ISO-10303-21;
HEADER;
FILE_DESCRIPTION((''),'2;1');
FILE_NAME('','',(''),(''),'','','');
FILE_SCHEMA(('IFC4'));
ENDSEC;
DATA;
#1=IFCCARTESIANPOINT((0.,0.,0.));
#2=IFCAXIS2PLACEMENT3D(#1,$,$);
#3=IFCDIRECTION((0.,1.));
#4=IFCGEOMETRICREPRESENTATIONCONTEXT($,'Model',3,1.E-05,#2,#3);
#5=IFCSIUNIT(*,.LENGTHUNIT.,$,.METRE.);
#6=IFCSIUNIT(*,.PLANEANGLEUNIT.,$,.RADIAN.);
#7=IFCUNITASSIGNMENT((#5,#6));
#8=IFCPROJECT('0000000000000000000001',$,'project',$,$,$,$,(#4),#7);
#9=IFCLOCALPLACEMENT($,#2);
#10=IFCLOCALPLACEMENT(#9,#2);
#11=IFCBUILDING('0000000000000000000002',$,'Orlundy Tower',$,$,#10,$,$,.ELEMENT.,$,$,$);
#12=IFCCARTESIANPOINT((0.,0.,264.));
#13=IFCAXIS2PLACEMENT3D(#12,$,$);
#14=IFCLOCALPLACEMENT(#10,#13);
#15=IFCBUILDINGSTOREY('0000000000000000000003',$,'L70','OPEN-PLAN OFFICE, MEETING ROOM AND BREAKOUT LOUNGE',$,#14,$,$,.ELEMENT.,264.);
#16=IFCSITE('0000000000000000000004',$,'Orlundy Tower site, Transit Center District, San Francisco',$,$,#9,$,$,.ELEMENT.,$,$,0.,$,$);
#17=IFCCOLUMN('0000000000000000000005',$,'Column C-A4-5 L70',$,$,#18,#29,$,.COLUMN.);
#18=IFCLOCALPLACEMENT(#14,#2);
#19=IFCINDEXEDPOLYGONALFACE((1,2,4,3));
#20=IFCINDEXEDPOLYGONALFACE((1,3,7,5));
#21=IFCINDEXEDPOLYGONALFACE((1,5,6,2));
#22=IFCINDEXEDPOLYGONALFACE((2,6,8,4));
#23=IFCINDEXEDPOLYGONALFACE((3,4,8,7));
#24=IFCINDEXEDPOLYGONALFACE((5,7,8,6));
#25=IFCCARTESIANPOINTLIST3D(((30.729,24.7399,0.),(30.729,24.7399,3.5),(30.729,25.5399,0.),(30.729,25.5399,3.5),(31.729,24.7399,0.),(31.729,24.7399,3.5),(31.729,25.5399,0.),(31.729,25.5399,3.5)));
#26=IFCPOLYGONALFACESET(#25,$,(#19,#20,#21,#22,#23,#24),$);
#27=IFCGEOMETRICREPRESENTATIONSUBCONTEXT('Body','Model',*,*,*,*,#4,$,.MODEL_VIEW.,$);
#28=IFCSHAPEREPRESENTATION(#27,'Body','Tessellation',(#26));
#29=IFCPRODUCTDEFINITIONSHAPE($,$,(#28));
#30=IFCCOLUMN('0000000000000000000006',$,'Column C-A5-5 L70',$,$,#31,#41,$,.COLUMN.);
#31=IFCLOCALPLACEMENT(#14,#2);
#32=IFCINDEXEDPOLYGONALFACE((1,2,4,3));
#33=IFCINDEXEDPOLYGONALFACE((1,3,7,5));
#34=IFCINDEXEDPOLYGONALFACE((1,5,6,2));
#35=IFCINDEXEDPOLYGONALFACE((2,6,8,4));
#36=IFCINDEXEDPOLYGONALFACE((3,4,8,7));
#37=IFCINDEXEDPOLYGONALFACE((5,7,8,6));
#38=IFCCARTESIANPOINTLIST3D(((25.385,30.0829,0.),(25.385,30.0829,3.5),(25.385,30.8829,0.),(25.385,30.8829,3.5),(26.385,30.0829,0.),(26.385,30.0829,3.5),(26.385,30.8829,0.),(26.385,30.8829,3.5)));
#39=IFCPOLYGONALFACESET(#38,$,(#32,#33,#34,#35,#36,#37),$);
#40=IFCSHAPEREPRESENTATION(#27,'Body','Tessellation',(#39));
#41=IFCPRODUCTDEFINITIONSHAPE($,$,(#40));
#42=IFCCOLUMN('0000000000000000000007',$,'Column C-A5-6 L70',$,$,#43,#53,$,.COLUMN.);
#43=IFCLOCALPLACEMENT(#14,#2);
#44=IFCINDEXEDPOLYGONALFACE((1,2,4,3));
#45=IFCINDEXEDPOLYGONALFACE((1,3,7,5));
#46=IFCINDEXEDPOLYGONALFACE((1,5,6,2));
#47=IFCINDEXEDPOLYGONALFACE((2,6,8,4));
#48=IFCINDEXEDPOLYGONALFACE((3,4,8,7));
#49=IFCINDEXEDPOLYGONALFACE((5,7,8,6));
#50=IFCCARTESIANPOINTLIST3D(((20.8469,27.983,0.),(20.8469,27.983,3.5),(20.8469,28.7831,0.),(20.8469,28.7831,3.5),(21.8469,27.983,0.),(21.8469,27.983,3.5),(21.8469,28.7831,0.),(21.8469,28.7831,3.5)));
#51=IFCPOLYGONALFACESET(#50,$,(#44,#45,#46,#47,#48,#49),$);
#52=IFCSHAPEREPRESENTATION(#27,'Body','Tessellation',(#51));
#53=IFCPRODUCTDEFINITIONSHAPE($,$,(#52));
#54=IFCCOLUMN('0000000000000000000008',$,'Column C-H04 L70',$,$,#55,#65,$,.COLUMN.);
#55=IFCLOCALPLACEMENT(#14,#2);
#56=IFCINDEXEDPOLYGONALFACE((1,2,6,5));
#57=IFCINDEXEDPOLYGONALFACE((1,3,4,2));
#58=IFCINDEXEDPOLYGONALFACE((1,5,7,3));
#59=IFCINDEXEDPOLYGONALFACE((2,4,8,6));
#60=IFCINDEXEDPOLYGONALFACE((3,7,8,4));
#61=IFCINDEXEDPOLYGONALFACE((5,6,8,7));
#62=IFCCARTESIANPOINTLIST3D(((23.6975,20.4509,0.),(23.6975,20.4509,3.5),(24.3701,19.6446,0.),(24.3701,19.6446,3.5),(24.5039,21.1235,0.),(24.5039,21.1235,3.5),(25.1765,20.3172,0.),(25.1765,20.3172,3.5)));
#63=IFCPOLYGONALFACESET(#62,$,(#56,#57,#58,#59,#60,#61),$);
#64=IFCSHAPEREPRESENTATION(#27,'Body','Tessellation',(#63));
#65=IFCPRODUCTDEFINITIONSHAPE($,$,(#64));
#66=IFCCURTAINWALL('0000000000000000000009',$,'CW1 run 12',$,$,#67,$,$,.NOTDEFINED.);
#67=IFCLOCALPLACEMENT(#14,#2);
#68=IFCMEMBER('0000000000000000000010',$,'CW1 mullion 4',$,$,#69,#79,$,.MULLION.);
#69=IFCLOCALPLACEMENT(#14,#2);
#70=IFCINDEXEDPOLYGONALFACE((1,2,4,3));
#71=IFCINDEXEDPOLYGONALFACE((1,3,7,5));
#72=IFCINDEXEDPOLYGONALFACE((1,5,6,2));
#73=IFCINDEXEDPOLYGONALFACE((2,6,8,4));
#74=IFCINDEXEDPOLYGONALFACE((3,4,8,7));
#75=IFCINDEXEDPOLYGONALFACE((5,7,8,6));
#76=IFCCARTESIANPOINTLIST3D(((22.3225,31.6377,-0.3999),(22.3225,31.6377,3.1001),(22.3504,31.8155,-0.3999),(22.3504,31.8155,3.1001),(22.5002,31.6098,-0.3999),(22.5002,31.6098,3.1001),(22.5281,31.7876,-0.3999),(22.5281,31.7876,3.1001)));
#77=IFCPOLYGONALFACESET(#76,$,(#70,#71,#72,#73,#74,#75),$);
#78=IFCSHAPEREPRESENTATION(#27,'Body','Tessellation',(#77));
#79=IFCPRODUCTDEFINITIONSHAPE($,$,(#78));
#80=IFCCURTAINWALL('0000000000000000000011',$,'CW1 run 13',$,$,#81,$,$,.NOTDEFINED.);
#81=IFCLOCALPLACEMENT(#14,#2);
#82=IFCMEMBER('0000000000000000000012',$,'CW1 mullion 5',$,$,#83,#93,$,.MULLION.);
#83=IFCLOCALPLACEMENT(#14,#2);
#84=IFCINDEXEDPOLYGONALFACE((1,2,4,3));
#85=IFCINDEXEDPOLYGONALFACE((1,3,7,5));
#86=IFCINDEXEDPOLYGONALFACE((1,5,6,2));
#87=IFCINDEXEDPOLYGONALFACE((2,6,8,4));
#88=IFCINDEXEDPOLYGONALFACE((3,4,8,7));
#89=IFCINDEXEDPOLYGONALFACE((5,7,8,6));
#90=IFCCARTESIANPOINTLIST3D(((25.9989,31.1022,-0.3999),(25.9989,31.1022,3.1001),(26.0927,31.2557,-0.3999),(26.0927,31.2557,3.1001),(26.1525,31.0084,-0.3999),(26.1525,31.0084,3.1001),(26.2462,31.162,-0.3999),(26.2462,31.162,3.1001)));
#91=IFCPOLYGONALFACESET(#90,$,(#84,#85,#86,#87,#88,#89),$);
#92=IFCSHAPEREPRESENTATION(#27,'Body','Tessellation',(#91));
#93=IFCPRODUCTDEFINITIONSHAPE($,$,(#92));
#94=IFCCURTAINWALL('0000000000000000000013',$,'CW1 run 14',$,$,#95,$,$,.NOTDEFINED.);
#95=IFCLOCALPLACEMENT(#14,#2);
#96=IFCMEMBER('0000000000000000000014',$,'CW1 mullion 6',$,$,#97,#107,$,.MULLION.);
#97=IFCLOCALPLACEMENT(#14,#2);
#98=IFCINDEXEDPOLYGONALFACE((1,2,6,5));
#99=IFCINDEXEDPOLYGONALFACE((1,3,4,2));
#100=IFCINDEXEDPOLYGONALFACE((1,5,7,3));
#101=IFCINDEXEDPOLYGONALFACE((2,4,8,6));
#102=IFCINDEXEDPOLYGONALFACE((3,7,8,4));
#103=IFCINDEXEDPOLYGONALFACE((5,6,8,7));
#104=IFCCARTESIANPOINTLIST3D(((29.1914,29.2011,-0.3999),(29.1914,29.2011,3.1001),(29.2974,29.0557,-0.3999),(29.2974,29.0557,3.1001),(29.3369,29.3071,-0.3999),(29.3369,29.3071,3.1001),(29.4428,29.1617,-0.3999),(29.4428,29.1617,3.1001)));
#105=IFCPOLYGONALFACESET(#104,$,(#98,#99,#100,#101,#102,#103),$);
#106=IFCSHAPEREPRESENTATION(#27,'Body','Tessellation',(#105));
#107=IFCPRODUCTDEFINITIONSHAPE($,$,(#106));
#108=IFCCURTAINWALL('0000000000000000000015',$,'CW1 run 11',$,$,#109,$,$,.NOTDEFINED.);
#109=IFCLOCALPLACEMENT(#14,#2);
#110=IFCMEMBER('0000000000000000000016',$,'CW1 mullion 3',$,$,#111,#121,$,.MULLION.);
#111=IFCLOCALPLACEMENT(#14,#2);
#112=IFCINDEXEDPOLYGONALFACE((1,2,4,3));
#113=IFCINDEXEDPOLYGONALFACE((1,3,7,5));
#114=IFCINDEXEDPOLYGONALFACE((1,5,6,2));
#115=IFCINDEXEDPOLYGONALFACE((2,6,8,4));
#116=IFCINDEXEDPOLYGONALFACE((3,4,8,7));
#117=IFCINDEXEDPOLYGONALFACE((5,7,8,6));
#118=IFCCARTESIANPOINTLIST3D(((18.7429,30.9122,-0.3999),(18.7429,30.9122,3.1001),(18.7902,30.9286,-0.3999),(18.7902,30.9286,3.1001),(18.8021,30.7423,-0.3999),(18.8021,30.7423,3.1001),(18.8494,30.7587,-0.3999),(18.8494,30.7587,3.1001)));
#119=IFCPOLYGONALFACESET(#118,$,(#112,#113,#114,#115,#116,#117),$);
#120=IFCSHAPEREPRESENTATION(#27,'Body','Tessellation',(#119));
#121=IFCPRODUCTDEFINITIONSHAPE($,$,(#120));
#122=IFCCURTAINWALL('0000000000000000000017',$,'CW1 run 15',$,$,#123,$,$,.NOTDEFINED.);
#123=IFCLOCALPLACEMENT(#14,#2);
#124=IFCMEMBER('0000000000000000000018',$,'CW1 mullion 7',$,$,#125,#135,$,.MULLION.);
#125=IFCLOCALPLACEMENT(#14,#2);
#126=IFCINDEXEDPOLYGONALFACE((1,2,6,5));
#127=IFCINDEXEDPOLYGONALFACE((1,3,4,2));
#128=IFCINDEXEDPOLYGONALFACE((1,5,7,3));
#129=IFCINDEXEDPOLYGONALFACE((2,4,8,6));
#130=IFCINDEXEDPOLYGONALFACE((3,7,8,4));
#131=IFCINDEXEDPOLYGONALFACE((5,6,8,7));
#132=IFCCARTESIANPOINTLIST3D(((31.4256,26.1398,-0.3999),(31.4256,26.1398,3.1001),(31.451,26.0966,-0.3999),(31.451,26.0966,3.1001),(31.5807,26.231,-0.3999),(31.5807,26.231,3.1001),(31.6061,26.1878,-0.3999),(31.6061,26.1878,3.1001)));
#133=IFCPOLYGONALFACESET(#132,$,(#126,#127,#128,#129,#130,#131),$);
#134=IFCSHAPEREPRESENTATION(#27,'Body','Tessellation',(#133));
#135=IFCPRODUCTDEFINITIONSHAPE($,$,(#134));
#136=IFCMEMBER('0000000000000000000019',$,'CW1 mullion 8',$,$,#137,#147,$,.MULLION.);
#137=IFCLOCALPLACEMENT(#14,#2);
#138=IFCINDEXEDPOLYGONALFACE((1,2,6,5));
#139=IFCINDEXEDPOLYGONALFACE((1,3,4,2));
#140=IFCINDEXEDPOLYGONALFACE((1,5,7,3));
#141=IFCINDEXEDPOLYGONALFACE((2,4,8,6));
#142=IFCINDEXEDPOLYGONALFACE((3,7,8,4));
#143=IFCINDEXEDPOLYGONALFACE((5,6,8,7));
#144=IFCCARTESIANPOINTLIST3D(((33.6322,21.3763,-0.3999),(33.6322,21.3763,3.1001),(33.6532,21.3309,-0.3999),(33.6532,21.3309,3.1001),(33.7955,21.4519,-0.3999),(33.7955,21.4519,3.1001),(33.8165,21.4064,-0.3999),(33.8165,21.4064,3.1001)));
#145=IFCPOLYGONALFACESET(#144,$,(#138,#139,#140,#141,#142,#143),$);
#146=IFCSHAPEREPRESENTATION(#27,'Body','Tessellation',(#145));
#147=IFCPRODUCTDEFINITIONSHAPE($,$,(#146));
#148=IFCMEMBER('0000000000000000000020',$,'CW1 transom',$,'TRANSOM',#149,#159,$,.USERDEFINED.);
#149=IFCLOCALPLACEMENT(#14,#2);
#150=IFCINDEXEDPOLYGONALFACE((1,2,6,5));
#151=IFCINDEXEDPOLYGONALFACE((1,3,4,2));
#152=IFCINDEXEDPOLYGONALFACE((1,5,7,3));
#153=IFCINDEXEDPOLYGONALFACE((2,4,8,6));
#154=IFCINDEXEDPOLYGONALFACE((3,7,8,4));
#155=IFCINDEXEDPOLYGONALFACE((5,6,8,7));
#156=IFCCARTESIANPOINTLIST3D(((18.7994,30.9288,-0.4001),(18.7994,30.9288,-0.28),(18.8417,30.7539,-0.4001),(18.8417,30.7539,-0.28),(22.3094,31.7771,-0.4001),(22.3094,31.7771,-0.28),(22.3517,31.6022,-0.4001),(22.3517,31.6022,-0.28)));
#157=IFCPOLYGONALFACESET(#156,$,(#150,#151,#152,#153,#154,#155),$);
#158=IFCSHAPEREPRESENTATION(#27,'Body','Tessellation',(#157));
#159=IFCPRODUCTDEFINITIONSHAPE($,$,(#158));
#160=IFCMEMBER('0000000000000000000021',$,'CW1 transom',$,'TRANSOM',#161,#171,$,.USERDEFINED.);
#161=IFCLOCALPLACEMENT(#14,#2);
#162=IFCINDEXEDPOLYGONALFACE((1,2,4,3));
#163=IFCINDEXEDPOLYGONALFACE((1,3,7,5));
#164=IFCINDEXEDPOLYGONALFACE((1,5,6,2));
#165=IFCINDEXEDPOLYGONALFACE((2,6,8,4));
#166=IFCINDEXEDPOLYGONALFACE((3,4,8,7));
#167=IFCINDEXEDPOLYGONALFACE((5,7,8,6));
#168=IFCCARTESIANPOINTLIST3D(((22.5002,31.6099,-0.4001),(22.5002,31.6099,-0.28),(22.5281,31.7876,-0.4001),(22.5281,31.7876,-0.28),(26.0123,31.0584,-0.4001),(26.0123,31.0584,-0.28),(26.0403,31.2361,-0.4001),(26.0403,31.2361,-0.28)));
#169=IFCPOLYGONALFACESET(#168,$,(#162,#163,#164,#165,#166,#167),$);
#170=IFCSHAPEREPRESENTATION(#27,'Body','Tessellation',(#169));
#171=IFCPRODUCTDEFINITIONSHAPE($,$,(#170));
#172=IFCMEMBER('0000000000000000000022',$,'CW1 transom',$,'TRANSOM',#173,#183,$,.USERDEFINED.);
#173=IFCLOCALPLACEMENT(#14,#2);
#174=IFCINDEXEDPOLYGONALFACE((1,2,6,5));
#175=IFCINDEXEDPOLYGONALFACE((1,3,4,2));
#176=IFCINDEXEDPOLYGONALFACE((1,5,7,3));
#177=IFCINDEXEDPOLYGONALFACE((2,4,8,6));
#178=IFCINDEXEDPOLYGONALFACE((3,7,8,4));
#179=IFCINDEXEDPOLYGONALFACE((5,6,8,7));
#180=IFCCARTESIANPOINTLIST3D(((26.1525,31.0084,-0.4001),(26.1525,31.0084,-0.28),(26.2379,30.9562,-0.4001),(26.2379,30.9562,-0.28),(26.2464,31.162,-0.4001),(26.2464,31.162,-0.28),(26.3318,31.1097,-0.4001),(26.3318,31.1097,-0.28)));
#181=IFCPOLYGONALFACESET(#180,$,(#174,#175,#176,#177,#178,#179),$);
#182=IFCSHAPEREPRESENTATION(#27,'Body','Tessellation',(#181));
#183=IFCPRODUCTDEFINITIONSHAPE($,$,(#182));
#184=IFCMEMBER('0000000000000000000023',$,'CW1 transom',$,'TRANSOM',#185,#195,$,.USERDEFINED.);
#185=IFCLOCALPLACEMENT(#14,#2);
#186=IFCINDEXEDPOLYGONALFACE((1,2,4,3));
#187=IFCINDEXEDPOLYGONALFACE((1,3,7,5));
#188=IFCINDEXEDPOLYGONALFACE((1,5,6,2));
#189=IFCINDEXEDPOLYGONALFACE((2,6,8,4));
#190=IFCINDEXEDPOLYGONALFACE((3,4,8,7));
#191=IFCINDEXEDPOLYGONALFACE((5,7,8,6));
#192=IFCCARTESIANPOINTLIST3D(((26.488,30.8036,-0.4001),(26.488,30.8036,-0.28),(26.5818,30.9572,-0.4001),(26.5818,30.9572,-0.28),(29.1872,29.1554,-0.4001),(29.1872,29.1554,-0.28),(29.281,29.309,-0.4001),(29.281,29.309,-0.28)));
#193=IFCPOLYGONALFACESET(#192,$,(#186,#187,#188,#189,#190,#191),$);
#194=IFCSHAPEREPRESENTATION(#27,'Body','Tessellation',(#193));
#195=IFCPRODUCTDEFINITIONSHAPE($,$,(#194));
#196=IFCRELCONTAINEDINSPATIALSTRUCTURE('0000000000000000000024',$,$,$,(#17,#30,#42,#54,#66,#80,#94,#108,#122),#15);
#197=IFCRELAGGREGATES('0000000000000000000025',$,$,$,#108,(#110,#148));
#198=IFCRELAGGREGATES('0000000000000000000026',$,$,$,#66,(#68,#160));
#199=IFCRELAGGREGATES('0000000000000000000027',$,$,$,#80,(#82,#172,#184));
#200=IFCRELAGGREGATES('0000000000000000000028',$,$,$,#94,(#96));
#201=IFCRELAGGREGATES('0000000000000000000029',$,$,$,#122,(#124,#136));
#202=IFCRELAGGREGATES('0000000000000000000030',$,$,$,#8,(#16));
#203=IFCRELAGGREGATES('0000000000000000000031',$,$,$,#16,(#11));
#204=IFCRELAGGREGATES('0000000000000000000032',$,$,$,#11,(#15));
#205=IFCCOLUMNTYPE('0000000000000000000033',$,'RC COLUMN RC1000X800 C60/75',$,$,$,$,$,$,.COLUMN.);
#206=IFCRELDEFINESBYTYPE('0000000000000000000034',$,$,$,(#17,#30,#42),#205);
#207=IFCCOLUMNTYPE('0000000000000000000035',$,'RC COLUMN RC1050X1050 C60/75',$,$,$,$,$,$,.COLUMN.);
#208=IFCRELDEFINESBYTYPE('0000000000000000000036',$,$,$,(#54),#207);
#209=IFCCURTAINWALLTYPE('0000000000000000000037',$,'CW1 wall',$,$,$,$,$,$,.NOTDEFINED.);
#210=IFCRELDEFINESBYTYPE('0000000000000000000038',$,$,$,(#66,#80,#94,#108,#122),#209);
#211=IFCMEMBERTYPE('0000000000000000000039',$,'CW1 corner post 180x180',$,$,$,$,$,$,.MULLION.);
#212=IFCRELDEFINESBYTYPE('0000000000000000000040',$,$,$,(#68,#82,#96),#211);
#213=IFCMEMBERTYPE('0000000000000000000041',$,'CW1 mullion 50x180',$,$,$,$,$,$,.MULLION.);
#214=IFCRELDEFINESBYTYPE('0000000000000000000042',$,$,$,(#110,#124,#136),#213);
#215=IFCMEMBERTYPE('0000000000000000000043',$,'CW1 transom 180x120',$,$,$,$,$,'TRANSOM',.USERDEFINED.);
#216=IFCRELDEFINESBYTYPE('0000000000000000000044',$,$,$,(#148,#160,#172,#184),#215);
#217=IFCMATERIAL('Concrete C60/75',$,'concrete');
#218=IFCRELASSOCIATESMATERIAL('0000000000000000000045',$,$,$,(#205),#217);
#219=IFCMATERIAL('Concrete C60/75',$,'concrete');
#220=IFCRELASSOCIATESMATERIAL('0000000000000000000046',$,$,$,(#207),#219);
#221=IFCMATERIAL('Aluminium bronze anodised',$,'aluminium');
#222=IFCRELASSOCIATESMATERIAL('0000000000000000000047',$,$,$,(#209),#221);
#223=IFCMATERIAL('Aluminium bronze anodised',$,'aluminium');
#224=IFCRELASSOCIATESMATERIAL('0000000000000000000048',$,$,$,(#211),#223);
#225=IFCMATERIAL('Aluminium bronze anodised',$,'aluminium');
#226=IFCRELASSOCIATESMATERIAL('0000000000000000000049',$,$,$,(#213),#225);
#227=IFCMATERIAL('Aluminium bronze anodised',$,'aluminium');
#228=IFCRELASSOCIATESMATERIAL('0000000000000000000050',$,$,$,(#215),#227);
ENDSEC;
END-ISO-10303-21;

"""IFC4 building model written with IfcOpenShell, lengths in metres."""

from ifc_helpers import new_model, si_unit, direction, frame, origin, origin_2d, place, context, subcontext, project, spatial, rectangle, extrude, material, material_profile, profile_set, type_object, element, aggregate, save


model = new_model("IFC4")

# Units and contexts
model_context = context("Model", 3, precision=1e-05, world=origin(), true_north=direction((0.0, 1.0)))
body_context = subcontext(model_context, "Body", "Model", "MODEL_VIEW")
ifc_project = project(units=[si_unit("LENGTHUNIT", "METRE"), si_unit("PLANEANGLEUNIT", "RADIAN")], contexts=[model_context])

# Site, building, storey
site_placement = place(None, origin())
site = spatial("IfcSite", under=ifc_project, at=site_placement, Name="Orlundy Tower site, Transit Center District, San Francisco", CompositionType="ELEMENT", RefElevation=0.0)
building_placement = place(site_placement, origin())
building = spatial("IfcBuilding", under=site, at=building_placement, Name="Orlundy Tower", CompositionType="ELEMENT")
storey_placement = place(building_placement, frame((0.0, 0.0, 264.0)))
storey = spatial("IfcBuildingStorey", under=building, at=storey_placement, Name="L70", Description="OPEN-PLAN OFFICE, MEETING ROOM AND BREAKOUT LOUNGE", CompositionType="ELEMENT", Elevation=264.0)

# Columns
ifc_material_1 = material(Name="Concrete C60/75", Category="concrete")
ifc_material_profile_1 = material_profile(ifc_material_1, rectangle(XDim=1.0, YDim=0.8, at=origin_2d()), Name="RC1000X800")
ifc_profile_set_1 = profile_set([ifc_material_profile_1], Name="Concrete C60/75")
column_type_1 = type_object("IfcColumnType", Name="RC COLUMN RC1000X800 C60/75", PredefinedType="COLUMN", material=ifc_profile_set_1)
for number, where, z_axis, x_axis, name in (
    (1, (31.229, 25.1399, 0.0), (0.0, 0.0, 1.0), (1.0, 0.0, 0.0), "Column C-A4-5 L70"),
    (2, (25.885, 30.4829, 0.0), (0.0, 0.0, 1.0), (1.0, 0.0, 0.0), "Column C-A5-5 L70"),
    (3, (21.3469, 28.3831, 0.0), (0.0, 0.0, 1.0), (1.0, 0.0, 0.0), "Column C-A5-6 L70"),
):
    element("IfcColumn", number, at=place(storey_placement, frame(where, z_axis=z_axis, x_axis=x_axis)), inside=storey, type_object=column_type_1, Name=name, PredefinedType="COLUMN", context=body_context, shape_type="SweptSolid", body=[
        extrude(rectangle(XDim=1.0, YDim=0.8, at=origin_2d()), origin(), (0.0, 0.0, 1.0), 3.5),
    ])
ifc_material_2 = material(Name="Concrete C60/75", Category="concrete")
ifc_material_profile_2 = material_profile(ifc_material_2, rectangle(XDim=1.05, YDim=1.05, at=origin_2d()), Name="RC1050X1050")
ifc_profile_set_2 = profile_set([ifc_material_profile_2], Name="Concrete C60/75")
column_type_2 = type_object("IfcColumnType", Name="RC COLUMN RC1050X1050 C60/75", PredefinedType="COLUMN", material=ifc_profile_set_2)
column_placement = place(storey_placement, frame((24.437, 20.384, 0.0), z_axis=(0.0, 0.0, 1.0), x_axis=(0.767915, 0.640552, 0.0)))
element("IfcColumn", 4, at=column_placement, inside=storey, type_object=column_type_2, Name="Column C-H04 L70", PredefinedType="COLUMN", context=body_context, shape_type="SweptSolid", body=[
    extrude(rectangle(XDim=1.05, YDim=1.05, at=origin_2d()), origin(), (0.0, 0.0, 1.0), 3.5),
])

# Curtain walls, members
ifc_material_3 = material(Name="Aluminium bronze anodised", Category="aluminium")
curtain_wall_type = type_object("IfcCurtainWallType", Name="CW1 wall", PredefinedType="NOTDEFINED", material=ifc_material_3)
curtain_wall_1_placement = place(storey_placement, origin())
curtain_wall_1 = element("IfcCurtainWall", 5, at=curtain_wall_1_placement, inside=storey, type_object=curtain_wall_type, Name="CW1 run 12", PredefinedType="NOTDEFINED")
ifc_material_4 = material(Name="Aluminium bronze anodised", Category="aluminium")
ifc_material_profile_3 = material_profile(ifc_material_4, rectangle(XDim=0.1799, YDim=0.1799, at=origin_2d()), Name="CW1 corner post 180x180")
ifc_profile_set_3 = profile_set([ifc_material_profile_3], Name="Aluminium bronze anodised")
member_type_1 = type_object("IfcMemberType", Name="CW1 corner post 180x180", PredefinedType="MULLION", material=ifc_profile_set_3)
member_1_placement = place(storey_placement, frame((22.4253, 31.7126, -0.3999), z_axis=(0.0, 0.0, 1.0), x_axis=(0.155117, 0.987896, 0.0)))
member_1 = element("IfcMember", 6, at=member_1_placement, type_object=member_type_1, Name="CW1 mullion 4", PredefinedType="MULLION", context=body_context, shape_type="SweptSolid", body=[
    extrude(rectangle(XDim=0.1799, YDim=0.1799, at=origin_2d()), origin(), (0.0, 0.0, 1.0), 3.5),
])
curtain_wall_2_placement = place(storey_placement, origin())
curtain_wall_2 = element("IfcCurtainWall", 7, at=curtain_wall_2_placement, inside=storey, type_object=curtain_wall_type, Name="CW1 run 13", PredefinedType="NOTDEFINED")
member_2_placement = place(storey_placement, frame((26.1226, 31.1321, -0.3999), z_axis=(0.0, 0.0, 1.0), x_axis=(0.521144, 0.853468, 0.0)))
member_2 = element("IfcMember", 8, at=member_2_placement, type_object=member_type_1, Name="CW1 mullion 5", PredefinedType="MULLION", context=body_context, shape_type="SweptSolid", body=[
    extrude(rectangle(XDim=0.1799, YDim=0.1799, at=origin_2d()), origin(), (0.0, 0.0, 1.0), 3.5),
])
curtain_wall_3_placement = place(storey_placement, origin())
curtain_wall_3 = element("IfcCurtainWall", 9, at=curtain_wall_3_placement, inside=storey, type_object=curtain_wall_type, Name="CW1 run 14", PredefinedType="NOTDEFINED")
member_3_placement = place(storey_placement, frame((29.3171, 29.1814, -0.3999), z_axis=(0.0, 0.0, 1.0), x_axis=(0.808211, 0.588893, 0.0)))
member_3 = element("IfcMember", 10, at=member_3_placement, type_object=member_type_1, Name="CW1 mullion 6", PredefinedType="MULLION", context=body_context, shape_type="SweptSolid", body=[
    extrude(rectangle(XDim=0.1799, YDim=0.1799, at=origin_2d()), origin(), (0.0, 0.0, 1.0), 3.5),
])
curtain_wall_4_placement = place(storey_placement, origin())
curtain_wall_4 = element("IfcCurtainWall", 11, at=curtain_wall_4_placement, inside=storey, type_object=curtain_wall_type, Name="CW1 run 11", PredefinedType="NOTDEFINED")
ifc_material_5 = material(Name="Aluminium bronze anodised", Category="aluminium")
ifc_material_profile_4 = material_profile(ifc_material_5, rectangle(XDim=0.1799, YDim=0.05, at=origin_2d()), Name="CW1 mullion 50x180")
ifc_profile_set_4 = profile_set([ifc_material_profile_4], Name="Aluminium bronze anodised")
member_type_2 = type_object("IfcMemberType", Name="CW1 mullion 50x180", PredefinedType="MULLION", material=ifc_profile_set_4)
member_4_placement = place(storey_placement, frame((18.7961, 30.8354, -0.3999), z_axis=(0.0, 0.0, 1.0), x_axis=(-0.329058, 0.94431, 0.0)))
member_4 = element("IfcMember", 12, at=member_4_placement, type_object=member_type_2, Name="CW1 mullion 3", PredefinedType="MULLION", context=body_context, shape_type="SweptSolid", body=[
    extrude(rectangle(XDim=0.1799, YDim=0.05, at=origin_2d()), origin(), (0.0, 0.0, 1.0), 3.5),
])

# Curtain wall, members
curtain_wall_5_placement = place(storey_placement, origin())
curtain_wall_5 = element("IfcCurtainWall", 13, at=curtain_wall_5_placement, inside=storey, type_object=curtain_wall_type, Name="CW1 run 15", PredefinedType="NOTDEFINED")
member_5_placement = place(storey_placement, frame((31.5159, 26.1638, -0.3999), z_axis=(0.0, 0.0, 1.0), x_axis=(0.862025, 0.506866, 0.0)))
member_5 = element("IfcMember", 14, at=member_5_placement, type_object=member_type_2, Name="CW1 mullion 7", PredefinedType="MULLION", context=body_context, shape_type="SweptSolid", body=[
    extrude(rectangle(XDim=0.1799, YDim=0.05, at=origin_2d()), origin(), (0.0, 0.0, 1.0), 3.5),
])
member_6_placement = place(storey_placement, frame((33.7244, 21.3914, -0.3999), z_axis=(0.0, 0.0, 1.0), x_axis=(0.907542, 0.419961, 0.0)))
member_6 = element("IfcMember", 15, at=member_6_placement, type_object=member_type_2, Name="CW1 mullion 8", PredefinedType="MULLION", context=body_context, shape_type="SweptSolid", body=[
    extrude(rectangle(XDim=0.1799, YDim=0.05, at=origin_2d()), origin(), (0.0, 0.0, 1.0), 3.5),
])

# Members
ifc_material_6 = material(Name="Aluminium bronze anodised", Category="aluminium")
ifc_material_profile_5 = material_profile(ifc_material_6, rectangle(XDim=0.1799, YDim=0.1201, at=origin_2d()), Name="CW1 transom 180x120")
ifc_profile_set_5 = profile_set([ifc_material_profile_5], Name="Aluminium bronze anodised")
member_type_3 = type_object("IfcMemberType", Name="CW1 transom 180x120", ElementType="TRANSOM", PredefinedType="USERDEFINED", material=ifc_profile_set_5)
member_7_placement = place(storey_placement, frame((18.8206, 30.8413, -0.3401), z_axis=(0.97201, 0.23494, 0.0), x_axis=(-0.23494, 0.97201, 0.0)))
member_7 = element("IfcMember", 16, at=member_7_placement, type_object=member_type_3, Name="CW1 transom", ObjectType="TRANSOM", PredefinedType="USERDEFINED", context=body_context, shape_type="SweptSolid", body=[
    extrude(rectangle(XDim=0.1799, YDim=0.1201, at=origin_2d()), origin(), (0.0, 0.0, 1.0), 3.6111),
])
member_8_placement = place(storey_placement, frame((22.5142, 31.6987, -0.3401), z_axis=(0.987895, -0.155127, 0.0), x_axis=(0.155127, 0.987895, 0.0)))
member_8 = element("IfcMember", 17, at=member_8_placement, type_object=member_type_3, Name="CW1 transom", ObjectType="TRANSOM", PredefinedType="USERDEFINED", context=body_context, shape_type="SweptSolid", body=[
    extrude(rectangle(XDim=0.1799, YDim=0.1201, at=origin_2d()), origin(), (0.0, 0.0, 1.0), 3.5552),
])
member_9_placement = place(storey_placement, frame((26.1995, 31.0852, -0.3401), z_axis=(0.853161, -0.521647, 0.0), x_axis=(0.521647, 0.853161, 0.0)))
member_9 = element("IfcMember", 18, at=member_9_placement, type_object=member_type_3, Name="CW1 transom", ObjectType="TRANSOM", PredefinedType="USERDEFINED", context=body_context, shape_type="SweptSolid", body=[
    extrude(rectangle(XDim=0.1799, YDim=0.1201, at=origin_2d()), origin(), (0.0, 0.0, 1.0), 0.1001),
])
member_10_placement = place(storey_placement, frame((26.5349, 30.8804, -0.3401), z_axis=(0.853469, -0.521144, 0.0), x_axis=(0.521144, 0.853469, 0.0)))
member_10 = element("IfcMember", 19, at=member_10_placement, type_object=member_type_3, Name="CW1 transom", ObjectType="TRANSOM", PredefinedType="USERDEFINED", context=body_context, shape_type="SweptSolid", body=[
    extrude(rectangle(XDim=0.1799, YDim=0.1201, at=origin_2d()), origin(), (0.0, 0.0, 1.0), 3.1626),
])

aggregate(curtain_wall_4, [member_4, member_7])
aggregate(curtain_wall_1, [member_1, member_8])
aggregate(curtain_wall_2, [member_2, member_9, member_10])
aggregate(curtain_wall_3, [member_3])
aggregate(curtain_wall_5, [member_5, member_6])

save(model, "model.ifc")
